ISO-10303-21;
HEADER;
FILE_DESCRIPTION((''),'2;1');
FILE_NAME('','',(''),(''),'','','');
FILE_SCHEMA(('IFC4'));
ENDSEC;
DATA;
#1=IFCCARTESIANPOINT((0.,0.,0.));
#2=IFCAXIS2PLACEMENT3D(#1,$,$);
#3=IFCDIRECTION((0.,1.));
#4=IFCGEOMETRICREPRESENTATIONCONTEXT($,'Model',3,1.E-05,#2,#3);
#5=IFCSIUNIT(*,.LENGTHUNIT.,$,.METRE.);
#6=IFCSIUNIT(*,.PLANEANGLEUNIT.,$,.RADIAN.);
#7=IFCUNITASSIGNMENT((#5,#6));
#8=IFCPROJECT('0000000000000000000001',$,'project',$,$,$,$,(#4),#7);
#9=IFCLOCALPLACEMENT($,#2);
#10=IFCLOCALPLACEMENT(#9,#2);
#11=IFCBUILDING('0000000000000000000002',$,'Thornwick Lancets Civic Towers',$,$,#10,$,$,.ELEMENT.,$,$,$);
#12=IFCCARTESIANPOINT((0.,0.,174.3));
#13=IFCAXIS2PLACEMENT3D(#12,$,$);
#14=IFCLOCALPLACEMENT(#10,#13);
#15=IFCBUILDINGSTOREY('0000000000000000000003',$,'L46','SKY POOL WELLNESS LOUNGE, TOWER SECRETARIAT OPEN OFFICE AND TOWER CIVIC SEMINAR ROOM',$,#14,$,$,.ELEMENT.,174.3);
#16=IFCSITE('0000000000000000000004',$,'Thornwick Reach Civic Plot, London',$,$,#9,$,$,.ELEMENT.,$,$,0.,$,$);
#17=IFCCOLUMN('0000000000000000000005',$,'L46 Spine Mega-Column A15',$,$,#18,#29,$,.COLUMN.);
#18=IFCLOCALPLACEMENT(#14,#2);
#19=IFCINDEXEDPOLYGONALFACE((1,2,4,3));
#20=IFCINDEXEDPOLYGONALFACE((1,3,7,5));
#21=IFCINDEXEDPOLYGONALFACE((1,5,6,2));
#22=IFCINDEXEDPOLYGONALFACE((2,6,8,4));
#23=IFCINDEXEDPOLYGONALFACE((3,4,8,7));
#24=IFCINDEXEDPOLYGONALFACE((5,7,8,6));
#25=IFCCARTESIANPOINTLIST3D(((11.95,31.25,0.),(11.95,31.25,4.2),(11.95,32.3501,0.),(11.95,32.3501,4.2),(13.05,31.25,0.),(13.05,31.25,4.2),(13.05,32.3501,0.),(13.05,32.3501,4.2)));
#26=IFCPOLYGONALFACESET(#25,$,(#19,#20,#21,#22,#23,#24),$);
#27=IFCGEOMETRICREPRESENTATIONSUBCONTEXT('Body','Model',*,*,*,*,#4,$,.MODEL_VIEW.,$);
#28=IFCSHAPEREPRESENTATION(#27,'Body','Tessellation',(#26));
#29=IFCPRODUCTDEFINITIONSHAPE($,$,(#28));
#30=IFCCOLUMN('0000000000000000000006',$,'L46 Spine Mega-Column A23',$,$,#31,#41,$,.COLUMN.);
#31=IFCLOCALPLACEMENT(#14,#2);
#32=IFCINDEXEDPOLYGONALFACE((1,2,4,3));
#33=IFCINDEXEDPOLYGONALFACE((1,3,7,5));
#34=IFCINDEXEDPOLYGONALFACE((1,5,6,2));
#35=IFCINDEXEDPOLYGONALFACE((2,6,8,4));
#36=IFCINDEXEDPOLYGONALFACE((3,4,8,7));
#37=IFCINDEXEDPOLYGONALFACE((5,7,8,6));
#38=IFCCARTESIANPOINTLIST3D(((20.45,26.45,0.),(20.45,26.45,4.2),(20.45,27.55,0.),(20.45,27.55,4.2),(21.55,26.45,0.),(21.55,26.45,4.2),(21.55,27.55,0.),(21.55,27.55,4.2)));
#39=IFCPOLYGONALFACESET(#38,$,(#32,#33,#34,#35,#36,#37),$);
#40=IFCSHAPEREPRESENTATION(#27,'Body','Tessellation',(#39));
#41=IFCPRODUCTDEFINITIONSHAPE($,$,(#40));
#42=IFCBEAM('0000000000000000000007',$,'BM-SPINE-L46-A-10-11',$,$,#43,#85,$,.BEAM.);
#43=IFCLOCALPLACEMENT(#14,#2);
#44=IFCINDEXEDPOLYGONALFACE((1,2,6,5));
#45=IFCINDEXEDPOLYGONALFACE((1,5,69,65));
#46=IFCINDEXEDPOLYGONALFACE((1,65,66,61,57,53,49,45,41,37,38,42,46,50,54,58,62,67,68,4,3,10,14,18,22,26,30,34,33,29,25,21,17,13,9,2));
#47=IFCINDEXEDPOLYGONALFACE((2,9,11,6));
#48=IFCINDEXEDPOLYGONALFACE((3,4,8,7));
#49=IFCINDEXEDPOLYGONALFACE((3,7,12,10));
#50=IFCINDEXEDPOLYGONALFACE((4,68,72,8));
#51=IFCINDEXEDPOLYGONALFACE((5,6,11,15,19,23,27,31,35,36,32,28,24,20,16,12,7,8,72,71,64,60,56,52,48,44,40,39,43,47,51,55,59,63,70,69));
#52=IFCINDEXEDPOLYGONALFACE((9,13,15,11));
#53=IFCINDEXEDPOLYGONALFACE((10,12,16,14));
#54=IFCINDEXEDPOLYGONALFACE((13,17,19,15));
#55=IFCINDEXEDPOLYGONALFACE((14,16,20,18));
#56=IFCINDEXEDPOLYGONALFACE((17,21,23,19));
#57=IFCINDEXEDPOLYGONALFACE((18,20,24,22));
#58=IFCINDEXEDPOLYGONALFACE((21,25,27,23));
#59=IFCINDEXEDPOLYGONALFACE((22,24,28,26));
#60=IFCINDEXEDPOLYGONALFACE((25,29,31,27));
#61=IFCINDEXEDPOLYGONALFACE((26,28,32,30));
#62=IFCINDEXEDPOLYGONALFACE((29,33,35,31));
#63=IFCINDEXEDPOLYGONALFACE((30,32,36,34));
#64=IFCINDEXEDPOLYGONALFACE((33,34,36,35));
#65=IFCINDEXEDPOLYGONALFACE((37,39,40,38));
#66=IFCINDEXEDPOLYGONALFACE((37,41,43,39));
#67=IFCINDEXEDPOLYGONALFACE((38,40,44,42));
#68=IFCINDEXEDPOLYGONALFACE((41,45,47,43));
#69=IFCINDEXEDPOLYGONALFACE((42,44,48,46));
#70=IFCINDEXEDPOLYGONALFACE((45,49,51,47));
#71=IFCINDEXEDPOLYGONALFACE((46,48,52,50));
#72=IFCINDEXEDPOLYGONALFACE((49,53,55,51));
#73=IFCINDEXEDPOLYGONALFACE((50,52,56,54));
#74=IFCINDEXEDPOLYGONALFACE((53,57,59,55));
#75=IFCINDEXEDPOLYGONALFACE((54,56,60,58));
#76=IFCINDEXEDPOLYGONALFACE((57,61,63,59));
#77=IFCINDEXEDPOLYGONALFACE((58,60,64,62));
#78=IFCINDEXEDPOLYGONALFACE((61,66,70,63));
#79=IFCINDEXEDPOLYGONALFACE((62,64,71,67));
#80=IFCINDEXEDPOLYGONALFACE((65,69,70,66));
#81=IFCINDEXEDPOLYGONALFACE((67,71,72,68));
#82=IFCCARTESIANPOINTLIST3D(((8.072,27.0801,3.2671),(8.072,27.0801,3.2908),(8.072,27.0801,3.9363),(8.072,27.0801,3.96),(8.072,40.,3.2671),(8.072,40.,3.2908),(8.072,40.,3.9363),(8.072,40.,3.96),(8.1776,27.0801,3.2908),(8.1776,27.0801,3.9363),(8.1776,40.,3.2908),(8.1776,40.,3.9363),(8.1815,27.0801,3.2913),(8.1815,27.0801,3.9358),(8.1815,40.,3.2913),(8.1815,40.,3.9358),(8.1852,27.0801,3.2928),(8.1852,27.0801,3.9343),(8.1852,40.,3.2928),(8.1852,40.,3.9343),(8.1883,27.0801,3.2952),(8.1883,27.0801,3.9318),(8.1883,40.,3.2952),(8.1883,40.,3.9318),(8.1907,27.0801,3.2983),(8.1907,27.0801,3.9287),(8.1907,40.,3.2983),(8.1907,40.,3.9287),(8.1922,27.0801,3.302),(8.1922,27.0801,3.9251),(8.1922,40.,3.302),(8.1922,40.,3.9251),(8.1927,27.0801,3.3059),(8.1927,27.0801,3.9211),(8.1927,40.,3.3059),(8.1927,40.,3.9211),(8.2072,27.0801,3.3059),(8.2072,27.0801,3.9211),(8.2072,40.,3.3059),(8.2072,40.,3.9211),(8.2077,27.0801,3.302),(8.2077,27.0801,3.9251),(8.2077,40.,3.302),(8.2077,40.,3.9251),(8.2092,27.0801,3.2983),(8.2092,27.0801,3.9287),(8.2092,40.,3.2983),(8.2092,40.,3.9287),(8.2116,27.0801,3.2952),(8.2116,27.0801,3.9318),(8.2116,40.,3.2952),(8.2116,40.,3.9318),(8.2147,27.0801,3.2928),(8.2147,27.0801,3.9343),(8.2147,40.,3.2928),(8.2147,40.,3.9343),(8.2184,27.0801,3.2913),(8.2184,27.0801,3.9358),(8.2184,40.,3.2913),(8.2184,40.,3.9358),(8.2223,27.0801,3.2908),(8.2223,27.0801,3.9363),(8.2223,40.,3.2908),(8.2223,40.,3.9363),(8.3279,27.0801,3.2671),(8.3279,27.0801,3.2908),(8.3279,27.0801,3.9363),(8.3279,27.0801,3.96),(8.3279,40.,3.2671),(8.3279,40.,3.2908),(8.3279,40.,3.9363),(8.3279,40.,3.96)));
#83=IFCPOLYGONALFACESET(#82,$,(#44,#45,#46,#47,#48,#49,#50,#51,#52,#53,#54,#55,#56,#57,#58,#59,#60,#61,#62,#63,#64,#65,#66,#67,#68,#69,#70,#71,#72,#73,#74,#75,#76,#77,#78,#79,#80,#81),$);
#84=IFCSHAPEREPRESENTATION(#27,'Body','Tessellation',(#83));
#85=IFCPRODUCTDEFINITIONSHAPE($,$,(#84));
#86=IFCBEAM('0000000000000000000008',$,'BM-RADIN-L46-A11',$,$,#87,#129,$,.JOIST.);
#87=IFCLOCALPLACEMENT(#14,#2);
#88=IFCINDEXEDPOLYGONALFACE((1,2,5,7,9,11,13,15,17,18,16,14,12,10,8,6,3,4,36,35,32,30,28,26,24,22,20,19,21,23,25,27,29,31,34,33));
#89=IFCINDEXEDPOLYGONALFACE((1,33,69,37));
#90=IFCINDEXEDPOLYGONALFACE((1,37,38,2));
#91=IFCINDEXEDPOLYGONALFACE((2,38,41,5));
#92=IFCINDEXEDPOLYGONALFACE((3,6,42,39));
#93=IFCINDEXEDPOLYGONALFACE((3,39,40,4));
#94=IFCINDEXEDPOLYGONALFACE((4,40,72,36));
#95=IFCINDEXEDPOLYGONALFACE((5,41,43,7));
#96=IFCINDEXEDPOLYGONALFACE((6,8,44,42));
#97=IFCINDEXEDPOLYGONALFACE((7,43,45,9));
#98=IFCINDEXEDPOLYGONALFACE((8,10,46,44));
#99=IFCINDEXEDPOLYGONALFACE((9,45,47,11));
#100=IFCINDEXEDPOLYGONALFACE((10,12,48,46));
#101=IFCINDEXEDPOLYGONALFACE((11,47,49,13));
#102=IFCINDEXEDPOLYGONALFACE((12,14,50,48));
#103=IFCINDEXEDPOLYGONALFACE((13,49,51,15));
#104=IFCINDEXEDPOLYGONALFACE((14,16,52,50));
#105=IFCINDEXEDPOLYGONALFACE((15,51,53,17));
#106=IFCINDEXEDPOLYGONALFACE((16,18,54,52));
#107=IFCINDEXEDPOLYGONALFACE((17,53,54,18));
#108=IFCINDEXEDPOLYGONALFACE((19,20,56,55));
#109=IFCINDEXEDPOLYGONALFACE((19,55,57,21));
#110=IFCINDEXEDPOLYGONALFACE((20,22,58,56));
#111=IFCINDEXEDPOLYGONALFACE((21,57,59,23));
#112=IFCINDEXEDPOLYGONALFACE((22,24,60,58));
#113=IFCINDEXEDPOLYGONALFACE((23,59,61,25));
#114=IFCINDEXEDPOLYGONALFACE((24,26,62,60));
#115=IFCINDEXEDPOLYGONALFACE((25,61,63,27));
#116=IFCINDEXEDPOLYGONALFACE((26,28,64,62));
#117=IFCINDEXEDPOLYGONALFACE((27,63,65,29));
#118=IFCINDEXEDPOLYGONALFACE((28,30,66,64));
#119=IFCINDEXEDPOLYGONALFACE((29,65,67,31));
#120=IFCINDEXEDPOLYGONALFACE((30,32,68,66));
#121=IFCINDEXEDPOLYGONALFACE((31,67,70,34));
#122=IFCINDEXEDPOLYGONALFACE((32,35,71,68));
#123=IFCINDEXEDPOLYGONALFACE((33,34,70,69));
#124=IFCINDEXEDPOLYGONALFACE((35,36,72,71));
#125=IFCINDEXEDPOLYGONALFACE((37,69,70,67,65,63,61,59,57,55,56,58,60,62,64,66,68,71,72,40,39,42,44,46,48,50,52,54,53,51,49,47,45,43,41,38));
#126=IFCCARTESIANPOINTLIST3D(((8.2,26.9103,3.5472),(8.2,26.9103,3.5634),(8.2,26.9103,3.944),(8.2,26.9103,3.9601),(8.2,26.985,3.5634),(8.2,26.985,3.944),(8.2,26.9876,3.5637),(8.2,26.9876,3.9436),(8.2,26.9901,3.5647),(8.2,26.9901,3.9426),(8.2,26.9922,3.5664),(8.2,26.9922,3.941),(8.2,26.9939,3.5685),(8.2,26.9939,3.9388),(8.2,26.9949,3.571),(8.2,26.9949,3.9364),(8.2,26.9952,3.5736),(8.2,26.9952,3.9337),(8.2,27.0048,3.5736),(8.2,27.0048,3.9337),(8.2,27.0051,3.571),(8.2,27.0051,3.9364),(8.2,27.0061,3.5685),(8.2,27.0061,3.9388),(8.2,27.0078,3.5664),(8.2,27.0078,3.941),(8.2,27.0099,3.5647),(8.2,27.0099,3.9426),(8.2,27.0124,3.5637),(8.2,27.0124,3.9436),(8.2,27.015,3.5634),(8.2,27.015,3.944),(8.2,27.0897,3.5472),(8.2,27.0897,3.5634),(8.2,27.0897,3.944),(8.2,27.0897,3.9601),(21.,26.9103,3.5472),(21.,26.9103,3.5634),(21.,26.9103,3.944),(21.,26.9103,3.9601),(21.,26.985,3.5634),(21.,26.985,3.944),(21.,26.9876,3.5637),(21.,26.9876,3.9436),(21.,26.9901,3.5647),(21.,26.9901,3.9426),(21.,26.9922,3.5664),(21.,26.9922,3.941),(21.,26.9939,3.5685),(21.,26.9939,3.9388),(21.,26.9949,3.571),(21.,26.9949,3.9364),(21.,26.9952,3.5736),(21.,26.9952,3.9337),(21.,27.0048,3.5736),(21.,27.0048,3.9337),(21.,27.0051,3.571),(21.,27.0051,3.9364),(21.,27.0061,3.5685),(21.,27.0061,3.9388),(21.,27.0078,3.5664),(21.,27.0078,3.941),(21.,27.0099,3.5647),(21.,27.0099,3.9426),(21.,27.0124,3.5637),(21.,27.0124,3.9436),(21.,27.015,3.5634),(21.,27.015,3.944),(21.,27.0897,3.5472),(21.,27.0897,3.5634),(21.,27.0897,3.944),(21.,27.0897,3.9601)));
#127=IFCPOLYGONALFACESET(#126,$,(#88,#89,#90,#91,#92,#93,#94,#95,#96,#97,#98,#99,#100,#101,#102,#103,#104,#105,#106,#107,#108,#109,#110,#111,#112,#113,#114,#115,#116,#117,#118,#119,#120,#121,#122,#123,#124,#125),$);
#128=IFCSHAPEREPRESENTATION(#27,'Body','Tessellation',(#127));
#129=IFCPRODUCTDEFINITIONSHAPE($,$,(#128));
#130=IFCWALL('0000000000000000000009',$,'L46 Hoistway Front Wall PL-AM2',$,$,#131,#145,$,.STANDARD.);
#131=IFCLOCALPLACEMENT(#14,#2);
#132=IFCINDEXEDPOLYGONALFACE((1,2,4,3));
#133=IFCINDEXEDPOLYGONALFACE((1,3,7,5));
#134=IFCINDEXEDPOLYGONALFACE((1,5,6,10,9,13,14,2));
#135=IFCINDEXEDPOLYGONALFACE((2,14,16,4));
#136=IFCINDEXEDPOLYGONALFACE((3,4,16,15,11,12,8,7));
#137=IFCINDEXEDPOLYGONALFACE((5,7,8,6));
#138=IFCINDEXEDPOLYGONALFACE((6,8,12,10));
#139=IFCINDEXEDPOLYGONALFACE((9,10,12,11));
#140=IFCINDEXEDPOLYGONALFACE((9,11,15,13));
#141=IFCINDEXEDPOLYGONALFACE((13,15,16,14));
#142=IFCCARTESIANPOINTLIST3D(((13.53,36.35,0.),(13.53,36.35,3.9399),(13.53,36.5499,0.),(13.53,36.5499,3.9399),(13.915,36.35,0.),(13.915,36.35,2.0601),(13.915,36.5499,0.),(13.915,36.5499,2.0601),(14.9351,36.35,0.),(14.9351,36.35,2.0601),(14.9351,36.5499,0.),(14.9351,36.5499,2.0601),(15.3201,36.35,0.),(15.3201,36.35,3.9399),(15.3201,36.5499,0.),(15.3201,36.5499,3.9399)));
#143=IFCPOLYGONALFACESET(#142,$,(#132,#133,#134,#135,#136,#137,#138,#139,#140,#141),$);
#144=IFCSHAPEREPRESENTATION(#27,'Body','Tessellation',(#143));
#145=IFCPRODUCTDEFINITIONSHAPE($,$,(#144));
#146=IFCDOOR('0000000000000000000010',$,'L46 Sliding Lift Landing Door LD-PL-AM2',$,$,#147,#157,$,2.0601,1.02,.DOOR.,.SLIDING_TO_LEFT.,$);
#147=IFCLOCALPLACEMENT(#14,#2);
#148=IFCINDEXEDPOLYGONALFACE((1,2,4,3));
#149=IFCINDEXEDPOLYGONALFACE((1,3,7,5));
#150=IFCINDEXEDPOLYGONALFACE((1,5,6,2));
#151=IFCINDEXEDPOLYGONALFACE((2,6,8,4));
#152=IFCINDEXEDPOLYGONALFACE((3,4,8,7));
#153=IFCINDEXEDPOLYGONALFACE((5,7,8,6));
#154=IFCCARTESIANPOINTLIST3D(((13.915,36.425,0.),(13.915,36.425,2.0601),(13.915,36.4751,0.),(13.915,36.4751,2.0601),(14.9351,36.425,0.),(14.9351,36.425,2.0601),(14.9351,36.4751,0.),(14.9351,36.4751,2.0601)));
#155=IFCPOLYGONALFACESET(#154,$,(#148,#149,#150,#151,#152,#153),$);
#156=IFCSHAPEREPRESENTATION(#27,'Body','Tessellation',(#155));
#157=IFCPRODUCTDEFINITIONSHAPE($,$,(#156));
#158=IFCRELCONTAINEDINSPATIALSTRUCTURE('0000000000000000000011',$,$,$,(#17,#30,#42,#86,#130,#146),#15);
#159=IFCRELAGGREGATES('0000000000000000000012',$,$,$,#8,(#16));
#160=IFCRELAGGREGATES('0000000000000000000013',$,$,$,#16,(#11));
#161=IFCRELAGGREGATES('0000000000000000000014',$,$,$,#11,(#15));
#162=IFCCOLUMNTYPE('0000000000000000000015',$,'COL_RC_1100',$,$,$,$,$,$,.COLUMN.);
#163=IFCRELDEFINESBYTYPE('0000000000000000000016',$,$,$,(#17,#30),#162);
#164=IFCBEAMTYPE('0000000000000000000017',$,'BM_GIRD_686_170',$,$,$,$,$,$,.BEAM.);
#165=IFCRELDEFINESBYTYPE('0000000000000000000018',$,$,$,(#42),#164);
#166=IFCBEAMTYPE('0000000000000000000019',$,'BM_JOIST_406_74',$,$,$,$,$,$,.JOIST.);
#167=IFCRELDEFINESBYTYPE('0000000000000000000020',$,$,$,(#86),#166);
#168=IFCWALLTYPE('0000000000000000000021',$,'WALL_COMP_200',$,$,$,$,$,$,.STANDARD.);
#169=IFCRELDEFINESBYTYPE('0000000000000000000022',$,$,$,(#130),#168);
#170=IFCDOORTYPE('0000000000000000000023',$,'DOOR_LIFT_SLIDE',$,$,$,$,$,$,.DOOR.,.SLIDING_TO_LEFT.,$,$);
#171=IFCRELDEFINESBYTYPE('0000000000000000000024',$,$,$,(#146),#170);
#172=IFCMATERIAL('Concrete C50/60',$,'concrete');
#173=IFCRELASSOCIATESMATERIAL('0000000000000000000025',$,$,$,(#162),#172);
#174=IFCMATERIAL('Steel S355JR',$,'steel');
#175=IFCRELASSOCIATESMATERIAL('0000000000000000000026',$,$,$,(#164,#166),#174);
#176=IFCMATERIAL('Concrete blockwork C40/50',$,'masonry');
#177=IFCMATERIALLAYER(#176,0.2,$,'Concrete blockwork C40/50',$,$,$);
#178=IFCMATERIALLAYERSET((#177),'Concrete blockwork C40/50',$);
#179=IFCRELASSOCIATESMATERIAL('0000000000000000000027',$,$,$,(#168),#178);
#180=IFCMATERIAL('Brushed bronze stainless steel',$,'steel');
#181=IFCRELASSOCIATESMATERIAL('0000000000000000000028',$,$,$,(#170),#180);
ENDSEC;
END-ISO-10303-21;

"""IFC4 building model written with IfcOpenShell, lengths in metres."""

from ifc_helpers import new_model, si_unit, direction, frame, frame_2d, origin, origin_2d, place, context, subcontext, project, spatial, rectangle, i_section, extrude, material, layer, layer_set, material_profile, profile_set, type_object, element, fill, save


model = new_model("IFC4")

# Units and contexts
model_context = context("Model", 3, precision=1e-05, world=origin(), true_north=direction((0.0, 1.0)))
body_context = subcontext(model_context, "Body", "Model", "MODEL_VIEW")
ifc_project = project(units=[si_unit("LENGTHUNIT", "METRE"), si_unit("PLANEANGLEUNIT", "RADIAN")], contexts=[model_context])

# Site, building, storey
site_placement = place(None, origin())
site = spatial("IfcSite", under=ifc_project, at=site_placement, Name="Thornwick Reach Civic Plot, London", CompositionType="ELEMENT", RefElevation=0.0)
building_placement = place(site_placement, origin())
building = spatial("IfcBuilding", under=site, at=building_placement, Name="Thornwick Lancets Civic Towers", CompositionType="ELEMENT")
storey_placement = place(building_placement, frame((0.0, 0.0, 174.3)))
storey = spatial("IfcBuildingStorey", under=building, at=storey_placement, Name="L46", Description="SKY POOL WELLNESS LOUNGE, TOWER SECRETARIAT OPEN OFFICE AND TOWER CIVIC SEMINAR ROOM", CompositionType="ELEMENT", Elevation=174.3)

# Columns
ifc_material_1 = material(Name="Concrete C50/60", Category="concrete")
ifc_material_profile_1 = material_profile(ifc_material_1, rectangle(XDim=1.1001, YDim=1.1001, at=origin_2d()), Name="RC 1100x1100")
ifc_profile_set_1 = profile_set([ifc_material_profile_1], Name="Concrete C50/60")
column_type = type_object("IfcColumnType", Name="COL_RC_1100", PredefinedType="COLUMN", material=ifc_profile_set_1)
for number, where, z_axis, x_axis, name in (
    (1, (12.5, 31.8, 0.0), (0.0, 0.0, 1.0), (1.0, 0.0, 0.0), "L46 Spine Mega-Column A15"),
    (2, (21.0, 27.0, 0.0), (0.0, 0.0, 1.0), (1.0, 0.0, 0.0), "L46 Spine Mega-Column A23"),
):
    element("IfcColumn", number, at=place(storey_placement, frame(where, z_axis=z_axis, x_axis=x_axis)), inside=storey, type_object=column_type, Name=name, PredefinedType="COLUMN", context=body_context, shape_type="SweptSolid", body=[
        extrude(rectangle(XDim=1.1001, YDim=1.1001, at=origin_2d()), origin(), (0.0, 0.0, 1.0), 4.2),
    ])

# Beams
ifc_material_2 = material(Name="Steel S355JR", Category="steel")
ifc_material_profile_2 = material_profile(ifc_material_2, i_section(OverallWidth=0.2559, OverallDepth=0.6929, WebThickness=0.0144, FlangeThickness=0.0237, FilletRadius=0.0151, at=origin_2d()), Name="UKB 686x254x170")
ifc_profile_set_2 = profile_set([ifc_material_profile_2], Name="Steel S355JR")
beam_type_1 = type_object("IfcBeamType", Name="BM_GIRD_686_170", PredefinedType="BEAM", material=ifc_profile_set_2)
beam_1_placement = place(storey_placement, frame((8.2, 27.0801, 3.6135), z_axis=(0.0, 1.0, 0.0), x_axis=(-1.0, 0.0, 0.0)))
element("IfcBeam", 3, at=beam_1_placement, inside=storey, type_object=beam_type_1, Name="BM-SPINE-L46-A-10-11", PredefinedType="BEAM", context=body_context, shape_type="SweptSolid", body=[
    extrude(i_section(OverallWidth=0.2559, OverallDepth=0.6929, WebThickness=0.0144, FlangeThickness=0.0237, FilletRadius=0.0151, at=origin_2d()), origin(), (0.0, 0.0, 1.0), 12.9199),
])
ifc_material_profile_3 = material_profile(ifc_material_2, i_section(OverallWidth=0.1794, OverallDepth=0.4128, WebThickness=0.0095, FlangeThickness=0.0161, FilletRadius=0.0103, at=origin_2d()), Name="UKB 406x178x74")
ifc_profile_set_3 = profile_set([ifc_material_profile_3], Name="Steel S355JR")
beam_type_2 = type_object("IfcBeamType", Name="BM_JOIST_406_74", PredefinedType="JOIST", material=ifc_profile_set_3)
beam_2_placement = place(storey_placement, frame((21.0, 27.0, 3.7537), z_axis=(-1.0, 0.0, 0.0), x_axis=(0.0, -1.0, 0.0)))
element("IfcBeam", 4, at=beam_2_placement, inside=storey, type_object=beam_type_2, Name="BM-RADIN-L46-A11", PredefinedType="JOIST", context=body_context, shape_type="SweptSolid", body=[
    extrude(i_section(OverallWidth=0.1794, OverallDepth=0.4128, WebThickness=0.0095, FlangeThickness=0.0161, FilletRadius=0.0103, at=origin_2d()), origin(), (0.0, 0.0, 1.0), 12.8),
])

# Wall, opening, door
ifc_material_3 = material(Name="Concrete blockwork C40/50", Category="masonry")
ifc_layer_1 = layer(ifc_material_3, 0.2, Name="Concrete blockwork C40/50")
ifc_layer_set_1 = layer_set([ifc_layer_1], Name="Concrete blockwork C40/50")
wall_type_1 = type_object("IfcWallType", Name="WALL_COMP_200", PredefinedType="STANDARD", material=ifc_layer_set_1)
wall_1_placement = place(storey_placement, frame((15.3201, 36.45, 0.0), z_axis=(0.0, 0.0, 1.0), x_axis=(-1.0, 0.0, 0.0)))
wall_1 = element("IfcWall", 5, at=wall_1_placement, inside=storey, type_object=wall_type_1, Name="L46 Hoistway Front Wall PL-AM2", PredefinedType="STANDARD", context=body_context, shape_type="SweptSolid", body=[
    extrude(rectangle(XDim=1.79, YDim=0.2, at=frame_2d((0.895, 0.0))), origin(), (0.0, 0.0, 1.0), 3.9399),
])
opening_1_placement = place(wall_1_placement, frame((0.385, 0.0, 0.0)))
opening_1 = element("IfcOpeningElement", 6, at=opening_1_placement, cuts=wall_1, PredefinedType="OPENING", context=body_context, shape_type="SweptSolid", body=[
    extrude(rectangle(XDim=1.02, YDim=2.0601, at=frame_2d((0.51, 1.03))), frame((0.0, 0.1099, 0.0), z_axis=(0.0, -1.0, 0.0), x_axis=(1.0, 0.0, 0.0)), (0.0, 0.0, 1.0), 0.22),
])
ifc_material_4 = material(Name="Brushed bronze stainless steel", Category="steel")
door_type_1 = type_object("IfcDoorType", Name="DOOR_LIFT_SLIDE", OperationType="SLIDING_TO_LEFT", PredefinedType="DOOR", material=ifc_material_4)
door_1_placement = place(opening_1_placement, origin())
door_1 = element("IfcDoor", 7, at=door_1_placement, inside=storey, type_object=door_type_1, Name="L46 Sliding Lift Landing Door LD-PL-AM2", OperationType="SLIDING_TO_LEFT", OverallHeight=2.0601, OverallWidth=1.02, PredefinedType="DOOR", context=body_context, shape_type="SweptSolid", body=[
    extrude(rectangle(XDim=1.02, YDim=2.0601, at=frame_2d((0.51, 1.03))), frame((0.0, 0.0249, 0.0), z_axis=(0.0, -1.0, 0.0), x_axis=(1.0, 0.0, 0.0)), (0.0, 0.0, 1.0), 0.05),
])
fill(opening_1, door_1)

save(model, "model.ifc")
